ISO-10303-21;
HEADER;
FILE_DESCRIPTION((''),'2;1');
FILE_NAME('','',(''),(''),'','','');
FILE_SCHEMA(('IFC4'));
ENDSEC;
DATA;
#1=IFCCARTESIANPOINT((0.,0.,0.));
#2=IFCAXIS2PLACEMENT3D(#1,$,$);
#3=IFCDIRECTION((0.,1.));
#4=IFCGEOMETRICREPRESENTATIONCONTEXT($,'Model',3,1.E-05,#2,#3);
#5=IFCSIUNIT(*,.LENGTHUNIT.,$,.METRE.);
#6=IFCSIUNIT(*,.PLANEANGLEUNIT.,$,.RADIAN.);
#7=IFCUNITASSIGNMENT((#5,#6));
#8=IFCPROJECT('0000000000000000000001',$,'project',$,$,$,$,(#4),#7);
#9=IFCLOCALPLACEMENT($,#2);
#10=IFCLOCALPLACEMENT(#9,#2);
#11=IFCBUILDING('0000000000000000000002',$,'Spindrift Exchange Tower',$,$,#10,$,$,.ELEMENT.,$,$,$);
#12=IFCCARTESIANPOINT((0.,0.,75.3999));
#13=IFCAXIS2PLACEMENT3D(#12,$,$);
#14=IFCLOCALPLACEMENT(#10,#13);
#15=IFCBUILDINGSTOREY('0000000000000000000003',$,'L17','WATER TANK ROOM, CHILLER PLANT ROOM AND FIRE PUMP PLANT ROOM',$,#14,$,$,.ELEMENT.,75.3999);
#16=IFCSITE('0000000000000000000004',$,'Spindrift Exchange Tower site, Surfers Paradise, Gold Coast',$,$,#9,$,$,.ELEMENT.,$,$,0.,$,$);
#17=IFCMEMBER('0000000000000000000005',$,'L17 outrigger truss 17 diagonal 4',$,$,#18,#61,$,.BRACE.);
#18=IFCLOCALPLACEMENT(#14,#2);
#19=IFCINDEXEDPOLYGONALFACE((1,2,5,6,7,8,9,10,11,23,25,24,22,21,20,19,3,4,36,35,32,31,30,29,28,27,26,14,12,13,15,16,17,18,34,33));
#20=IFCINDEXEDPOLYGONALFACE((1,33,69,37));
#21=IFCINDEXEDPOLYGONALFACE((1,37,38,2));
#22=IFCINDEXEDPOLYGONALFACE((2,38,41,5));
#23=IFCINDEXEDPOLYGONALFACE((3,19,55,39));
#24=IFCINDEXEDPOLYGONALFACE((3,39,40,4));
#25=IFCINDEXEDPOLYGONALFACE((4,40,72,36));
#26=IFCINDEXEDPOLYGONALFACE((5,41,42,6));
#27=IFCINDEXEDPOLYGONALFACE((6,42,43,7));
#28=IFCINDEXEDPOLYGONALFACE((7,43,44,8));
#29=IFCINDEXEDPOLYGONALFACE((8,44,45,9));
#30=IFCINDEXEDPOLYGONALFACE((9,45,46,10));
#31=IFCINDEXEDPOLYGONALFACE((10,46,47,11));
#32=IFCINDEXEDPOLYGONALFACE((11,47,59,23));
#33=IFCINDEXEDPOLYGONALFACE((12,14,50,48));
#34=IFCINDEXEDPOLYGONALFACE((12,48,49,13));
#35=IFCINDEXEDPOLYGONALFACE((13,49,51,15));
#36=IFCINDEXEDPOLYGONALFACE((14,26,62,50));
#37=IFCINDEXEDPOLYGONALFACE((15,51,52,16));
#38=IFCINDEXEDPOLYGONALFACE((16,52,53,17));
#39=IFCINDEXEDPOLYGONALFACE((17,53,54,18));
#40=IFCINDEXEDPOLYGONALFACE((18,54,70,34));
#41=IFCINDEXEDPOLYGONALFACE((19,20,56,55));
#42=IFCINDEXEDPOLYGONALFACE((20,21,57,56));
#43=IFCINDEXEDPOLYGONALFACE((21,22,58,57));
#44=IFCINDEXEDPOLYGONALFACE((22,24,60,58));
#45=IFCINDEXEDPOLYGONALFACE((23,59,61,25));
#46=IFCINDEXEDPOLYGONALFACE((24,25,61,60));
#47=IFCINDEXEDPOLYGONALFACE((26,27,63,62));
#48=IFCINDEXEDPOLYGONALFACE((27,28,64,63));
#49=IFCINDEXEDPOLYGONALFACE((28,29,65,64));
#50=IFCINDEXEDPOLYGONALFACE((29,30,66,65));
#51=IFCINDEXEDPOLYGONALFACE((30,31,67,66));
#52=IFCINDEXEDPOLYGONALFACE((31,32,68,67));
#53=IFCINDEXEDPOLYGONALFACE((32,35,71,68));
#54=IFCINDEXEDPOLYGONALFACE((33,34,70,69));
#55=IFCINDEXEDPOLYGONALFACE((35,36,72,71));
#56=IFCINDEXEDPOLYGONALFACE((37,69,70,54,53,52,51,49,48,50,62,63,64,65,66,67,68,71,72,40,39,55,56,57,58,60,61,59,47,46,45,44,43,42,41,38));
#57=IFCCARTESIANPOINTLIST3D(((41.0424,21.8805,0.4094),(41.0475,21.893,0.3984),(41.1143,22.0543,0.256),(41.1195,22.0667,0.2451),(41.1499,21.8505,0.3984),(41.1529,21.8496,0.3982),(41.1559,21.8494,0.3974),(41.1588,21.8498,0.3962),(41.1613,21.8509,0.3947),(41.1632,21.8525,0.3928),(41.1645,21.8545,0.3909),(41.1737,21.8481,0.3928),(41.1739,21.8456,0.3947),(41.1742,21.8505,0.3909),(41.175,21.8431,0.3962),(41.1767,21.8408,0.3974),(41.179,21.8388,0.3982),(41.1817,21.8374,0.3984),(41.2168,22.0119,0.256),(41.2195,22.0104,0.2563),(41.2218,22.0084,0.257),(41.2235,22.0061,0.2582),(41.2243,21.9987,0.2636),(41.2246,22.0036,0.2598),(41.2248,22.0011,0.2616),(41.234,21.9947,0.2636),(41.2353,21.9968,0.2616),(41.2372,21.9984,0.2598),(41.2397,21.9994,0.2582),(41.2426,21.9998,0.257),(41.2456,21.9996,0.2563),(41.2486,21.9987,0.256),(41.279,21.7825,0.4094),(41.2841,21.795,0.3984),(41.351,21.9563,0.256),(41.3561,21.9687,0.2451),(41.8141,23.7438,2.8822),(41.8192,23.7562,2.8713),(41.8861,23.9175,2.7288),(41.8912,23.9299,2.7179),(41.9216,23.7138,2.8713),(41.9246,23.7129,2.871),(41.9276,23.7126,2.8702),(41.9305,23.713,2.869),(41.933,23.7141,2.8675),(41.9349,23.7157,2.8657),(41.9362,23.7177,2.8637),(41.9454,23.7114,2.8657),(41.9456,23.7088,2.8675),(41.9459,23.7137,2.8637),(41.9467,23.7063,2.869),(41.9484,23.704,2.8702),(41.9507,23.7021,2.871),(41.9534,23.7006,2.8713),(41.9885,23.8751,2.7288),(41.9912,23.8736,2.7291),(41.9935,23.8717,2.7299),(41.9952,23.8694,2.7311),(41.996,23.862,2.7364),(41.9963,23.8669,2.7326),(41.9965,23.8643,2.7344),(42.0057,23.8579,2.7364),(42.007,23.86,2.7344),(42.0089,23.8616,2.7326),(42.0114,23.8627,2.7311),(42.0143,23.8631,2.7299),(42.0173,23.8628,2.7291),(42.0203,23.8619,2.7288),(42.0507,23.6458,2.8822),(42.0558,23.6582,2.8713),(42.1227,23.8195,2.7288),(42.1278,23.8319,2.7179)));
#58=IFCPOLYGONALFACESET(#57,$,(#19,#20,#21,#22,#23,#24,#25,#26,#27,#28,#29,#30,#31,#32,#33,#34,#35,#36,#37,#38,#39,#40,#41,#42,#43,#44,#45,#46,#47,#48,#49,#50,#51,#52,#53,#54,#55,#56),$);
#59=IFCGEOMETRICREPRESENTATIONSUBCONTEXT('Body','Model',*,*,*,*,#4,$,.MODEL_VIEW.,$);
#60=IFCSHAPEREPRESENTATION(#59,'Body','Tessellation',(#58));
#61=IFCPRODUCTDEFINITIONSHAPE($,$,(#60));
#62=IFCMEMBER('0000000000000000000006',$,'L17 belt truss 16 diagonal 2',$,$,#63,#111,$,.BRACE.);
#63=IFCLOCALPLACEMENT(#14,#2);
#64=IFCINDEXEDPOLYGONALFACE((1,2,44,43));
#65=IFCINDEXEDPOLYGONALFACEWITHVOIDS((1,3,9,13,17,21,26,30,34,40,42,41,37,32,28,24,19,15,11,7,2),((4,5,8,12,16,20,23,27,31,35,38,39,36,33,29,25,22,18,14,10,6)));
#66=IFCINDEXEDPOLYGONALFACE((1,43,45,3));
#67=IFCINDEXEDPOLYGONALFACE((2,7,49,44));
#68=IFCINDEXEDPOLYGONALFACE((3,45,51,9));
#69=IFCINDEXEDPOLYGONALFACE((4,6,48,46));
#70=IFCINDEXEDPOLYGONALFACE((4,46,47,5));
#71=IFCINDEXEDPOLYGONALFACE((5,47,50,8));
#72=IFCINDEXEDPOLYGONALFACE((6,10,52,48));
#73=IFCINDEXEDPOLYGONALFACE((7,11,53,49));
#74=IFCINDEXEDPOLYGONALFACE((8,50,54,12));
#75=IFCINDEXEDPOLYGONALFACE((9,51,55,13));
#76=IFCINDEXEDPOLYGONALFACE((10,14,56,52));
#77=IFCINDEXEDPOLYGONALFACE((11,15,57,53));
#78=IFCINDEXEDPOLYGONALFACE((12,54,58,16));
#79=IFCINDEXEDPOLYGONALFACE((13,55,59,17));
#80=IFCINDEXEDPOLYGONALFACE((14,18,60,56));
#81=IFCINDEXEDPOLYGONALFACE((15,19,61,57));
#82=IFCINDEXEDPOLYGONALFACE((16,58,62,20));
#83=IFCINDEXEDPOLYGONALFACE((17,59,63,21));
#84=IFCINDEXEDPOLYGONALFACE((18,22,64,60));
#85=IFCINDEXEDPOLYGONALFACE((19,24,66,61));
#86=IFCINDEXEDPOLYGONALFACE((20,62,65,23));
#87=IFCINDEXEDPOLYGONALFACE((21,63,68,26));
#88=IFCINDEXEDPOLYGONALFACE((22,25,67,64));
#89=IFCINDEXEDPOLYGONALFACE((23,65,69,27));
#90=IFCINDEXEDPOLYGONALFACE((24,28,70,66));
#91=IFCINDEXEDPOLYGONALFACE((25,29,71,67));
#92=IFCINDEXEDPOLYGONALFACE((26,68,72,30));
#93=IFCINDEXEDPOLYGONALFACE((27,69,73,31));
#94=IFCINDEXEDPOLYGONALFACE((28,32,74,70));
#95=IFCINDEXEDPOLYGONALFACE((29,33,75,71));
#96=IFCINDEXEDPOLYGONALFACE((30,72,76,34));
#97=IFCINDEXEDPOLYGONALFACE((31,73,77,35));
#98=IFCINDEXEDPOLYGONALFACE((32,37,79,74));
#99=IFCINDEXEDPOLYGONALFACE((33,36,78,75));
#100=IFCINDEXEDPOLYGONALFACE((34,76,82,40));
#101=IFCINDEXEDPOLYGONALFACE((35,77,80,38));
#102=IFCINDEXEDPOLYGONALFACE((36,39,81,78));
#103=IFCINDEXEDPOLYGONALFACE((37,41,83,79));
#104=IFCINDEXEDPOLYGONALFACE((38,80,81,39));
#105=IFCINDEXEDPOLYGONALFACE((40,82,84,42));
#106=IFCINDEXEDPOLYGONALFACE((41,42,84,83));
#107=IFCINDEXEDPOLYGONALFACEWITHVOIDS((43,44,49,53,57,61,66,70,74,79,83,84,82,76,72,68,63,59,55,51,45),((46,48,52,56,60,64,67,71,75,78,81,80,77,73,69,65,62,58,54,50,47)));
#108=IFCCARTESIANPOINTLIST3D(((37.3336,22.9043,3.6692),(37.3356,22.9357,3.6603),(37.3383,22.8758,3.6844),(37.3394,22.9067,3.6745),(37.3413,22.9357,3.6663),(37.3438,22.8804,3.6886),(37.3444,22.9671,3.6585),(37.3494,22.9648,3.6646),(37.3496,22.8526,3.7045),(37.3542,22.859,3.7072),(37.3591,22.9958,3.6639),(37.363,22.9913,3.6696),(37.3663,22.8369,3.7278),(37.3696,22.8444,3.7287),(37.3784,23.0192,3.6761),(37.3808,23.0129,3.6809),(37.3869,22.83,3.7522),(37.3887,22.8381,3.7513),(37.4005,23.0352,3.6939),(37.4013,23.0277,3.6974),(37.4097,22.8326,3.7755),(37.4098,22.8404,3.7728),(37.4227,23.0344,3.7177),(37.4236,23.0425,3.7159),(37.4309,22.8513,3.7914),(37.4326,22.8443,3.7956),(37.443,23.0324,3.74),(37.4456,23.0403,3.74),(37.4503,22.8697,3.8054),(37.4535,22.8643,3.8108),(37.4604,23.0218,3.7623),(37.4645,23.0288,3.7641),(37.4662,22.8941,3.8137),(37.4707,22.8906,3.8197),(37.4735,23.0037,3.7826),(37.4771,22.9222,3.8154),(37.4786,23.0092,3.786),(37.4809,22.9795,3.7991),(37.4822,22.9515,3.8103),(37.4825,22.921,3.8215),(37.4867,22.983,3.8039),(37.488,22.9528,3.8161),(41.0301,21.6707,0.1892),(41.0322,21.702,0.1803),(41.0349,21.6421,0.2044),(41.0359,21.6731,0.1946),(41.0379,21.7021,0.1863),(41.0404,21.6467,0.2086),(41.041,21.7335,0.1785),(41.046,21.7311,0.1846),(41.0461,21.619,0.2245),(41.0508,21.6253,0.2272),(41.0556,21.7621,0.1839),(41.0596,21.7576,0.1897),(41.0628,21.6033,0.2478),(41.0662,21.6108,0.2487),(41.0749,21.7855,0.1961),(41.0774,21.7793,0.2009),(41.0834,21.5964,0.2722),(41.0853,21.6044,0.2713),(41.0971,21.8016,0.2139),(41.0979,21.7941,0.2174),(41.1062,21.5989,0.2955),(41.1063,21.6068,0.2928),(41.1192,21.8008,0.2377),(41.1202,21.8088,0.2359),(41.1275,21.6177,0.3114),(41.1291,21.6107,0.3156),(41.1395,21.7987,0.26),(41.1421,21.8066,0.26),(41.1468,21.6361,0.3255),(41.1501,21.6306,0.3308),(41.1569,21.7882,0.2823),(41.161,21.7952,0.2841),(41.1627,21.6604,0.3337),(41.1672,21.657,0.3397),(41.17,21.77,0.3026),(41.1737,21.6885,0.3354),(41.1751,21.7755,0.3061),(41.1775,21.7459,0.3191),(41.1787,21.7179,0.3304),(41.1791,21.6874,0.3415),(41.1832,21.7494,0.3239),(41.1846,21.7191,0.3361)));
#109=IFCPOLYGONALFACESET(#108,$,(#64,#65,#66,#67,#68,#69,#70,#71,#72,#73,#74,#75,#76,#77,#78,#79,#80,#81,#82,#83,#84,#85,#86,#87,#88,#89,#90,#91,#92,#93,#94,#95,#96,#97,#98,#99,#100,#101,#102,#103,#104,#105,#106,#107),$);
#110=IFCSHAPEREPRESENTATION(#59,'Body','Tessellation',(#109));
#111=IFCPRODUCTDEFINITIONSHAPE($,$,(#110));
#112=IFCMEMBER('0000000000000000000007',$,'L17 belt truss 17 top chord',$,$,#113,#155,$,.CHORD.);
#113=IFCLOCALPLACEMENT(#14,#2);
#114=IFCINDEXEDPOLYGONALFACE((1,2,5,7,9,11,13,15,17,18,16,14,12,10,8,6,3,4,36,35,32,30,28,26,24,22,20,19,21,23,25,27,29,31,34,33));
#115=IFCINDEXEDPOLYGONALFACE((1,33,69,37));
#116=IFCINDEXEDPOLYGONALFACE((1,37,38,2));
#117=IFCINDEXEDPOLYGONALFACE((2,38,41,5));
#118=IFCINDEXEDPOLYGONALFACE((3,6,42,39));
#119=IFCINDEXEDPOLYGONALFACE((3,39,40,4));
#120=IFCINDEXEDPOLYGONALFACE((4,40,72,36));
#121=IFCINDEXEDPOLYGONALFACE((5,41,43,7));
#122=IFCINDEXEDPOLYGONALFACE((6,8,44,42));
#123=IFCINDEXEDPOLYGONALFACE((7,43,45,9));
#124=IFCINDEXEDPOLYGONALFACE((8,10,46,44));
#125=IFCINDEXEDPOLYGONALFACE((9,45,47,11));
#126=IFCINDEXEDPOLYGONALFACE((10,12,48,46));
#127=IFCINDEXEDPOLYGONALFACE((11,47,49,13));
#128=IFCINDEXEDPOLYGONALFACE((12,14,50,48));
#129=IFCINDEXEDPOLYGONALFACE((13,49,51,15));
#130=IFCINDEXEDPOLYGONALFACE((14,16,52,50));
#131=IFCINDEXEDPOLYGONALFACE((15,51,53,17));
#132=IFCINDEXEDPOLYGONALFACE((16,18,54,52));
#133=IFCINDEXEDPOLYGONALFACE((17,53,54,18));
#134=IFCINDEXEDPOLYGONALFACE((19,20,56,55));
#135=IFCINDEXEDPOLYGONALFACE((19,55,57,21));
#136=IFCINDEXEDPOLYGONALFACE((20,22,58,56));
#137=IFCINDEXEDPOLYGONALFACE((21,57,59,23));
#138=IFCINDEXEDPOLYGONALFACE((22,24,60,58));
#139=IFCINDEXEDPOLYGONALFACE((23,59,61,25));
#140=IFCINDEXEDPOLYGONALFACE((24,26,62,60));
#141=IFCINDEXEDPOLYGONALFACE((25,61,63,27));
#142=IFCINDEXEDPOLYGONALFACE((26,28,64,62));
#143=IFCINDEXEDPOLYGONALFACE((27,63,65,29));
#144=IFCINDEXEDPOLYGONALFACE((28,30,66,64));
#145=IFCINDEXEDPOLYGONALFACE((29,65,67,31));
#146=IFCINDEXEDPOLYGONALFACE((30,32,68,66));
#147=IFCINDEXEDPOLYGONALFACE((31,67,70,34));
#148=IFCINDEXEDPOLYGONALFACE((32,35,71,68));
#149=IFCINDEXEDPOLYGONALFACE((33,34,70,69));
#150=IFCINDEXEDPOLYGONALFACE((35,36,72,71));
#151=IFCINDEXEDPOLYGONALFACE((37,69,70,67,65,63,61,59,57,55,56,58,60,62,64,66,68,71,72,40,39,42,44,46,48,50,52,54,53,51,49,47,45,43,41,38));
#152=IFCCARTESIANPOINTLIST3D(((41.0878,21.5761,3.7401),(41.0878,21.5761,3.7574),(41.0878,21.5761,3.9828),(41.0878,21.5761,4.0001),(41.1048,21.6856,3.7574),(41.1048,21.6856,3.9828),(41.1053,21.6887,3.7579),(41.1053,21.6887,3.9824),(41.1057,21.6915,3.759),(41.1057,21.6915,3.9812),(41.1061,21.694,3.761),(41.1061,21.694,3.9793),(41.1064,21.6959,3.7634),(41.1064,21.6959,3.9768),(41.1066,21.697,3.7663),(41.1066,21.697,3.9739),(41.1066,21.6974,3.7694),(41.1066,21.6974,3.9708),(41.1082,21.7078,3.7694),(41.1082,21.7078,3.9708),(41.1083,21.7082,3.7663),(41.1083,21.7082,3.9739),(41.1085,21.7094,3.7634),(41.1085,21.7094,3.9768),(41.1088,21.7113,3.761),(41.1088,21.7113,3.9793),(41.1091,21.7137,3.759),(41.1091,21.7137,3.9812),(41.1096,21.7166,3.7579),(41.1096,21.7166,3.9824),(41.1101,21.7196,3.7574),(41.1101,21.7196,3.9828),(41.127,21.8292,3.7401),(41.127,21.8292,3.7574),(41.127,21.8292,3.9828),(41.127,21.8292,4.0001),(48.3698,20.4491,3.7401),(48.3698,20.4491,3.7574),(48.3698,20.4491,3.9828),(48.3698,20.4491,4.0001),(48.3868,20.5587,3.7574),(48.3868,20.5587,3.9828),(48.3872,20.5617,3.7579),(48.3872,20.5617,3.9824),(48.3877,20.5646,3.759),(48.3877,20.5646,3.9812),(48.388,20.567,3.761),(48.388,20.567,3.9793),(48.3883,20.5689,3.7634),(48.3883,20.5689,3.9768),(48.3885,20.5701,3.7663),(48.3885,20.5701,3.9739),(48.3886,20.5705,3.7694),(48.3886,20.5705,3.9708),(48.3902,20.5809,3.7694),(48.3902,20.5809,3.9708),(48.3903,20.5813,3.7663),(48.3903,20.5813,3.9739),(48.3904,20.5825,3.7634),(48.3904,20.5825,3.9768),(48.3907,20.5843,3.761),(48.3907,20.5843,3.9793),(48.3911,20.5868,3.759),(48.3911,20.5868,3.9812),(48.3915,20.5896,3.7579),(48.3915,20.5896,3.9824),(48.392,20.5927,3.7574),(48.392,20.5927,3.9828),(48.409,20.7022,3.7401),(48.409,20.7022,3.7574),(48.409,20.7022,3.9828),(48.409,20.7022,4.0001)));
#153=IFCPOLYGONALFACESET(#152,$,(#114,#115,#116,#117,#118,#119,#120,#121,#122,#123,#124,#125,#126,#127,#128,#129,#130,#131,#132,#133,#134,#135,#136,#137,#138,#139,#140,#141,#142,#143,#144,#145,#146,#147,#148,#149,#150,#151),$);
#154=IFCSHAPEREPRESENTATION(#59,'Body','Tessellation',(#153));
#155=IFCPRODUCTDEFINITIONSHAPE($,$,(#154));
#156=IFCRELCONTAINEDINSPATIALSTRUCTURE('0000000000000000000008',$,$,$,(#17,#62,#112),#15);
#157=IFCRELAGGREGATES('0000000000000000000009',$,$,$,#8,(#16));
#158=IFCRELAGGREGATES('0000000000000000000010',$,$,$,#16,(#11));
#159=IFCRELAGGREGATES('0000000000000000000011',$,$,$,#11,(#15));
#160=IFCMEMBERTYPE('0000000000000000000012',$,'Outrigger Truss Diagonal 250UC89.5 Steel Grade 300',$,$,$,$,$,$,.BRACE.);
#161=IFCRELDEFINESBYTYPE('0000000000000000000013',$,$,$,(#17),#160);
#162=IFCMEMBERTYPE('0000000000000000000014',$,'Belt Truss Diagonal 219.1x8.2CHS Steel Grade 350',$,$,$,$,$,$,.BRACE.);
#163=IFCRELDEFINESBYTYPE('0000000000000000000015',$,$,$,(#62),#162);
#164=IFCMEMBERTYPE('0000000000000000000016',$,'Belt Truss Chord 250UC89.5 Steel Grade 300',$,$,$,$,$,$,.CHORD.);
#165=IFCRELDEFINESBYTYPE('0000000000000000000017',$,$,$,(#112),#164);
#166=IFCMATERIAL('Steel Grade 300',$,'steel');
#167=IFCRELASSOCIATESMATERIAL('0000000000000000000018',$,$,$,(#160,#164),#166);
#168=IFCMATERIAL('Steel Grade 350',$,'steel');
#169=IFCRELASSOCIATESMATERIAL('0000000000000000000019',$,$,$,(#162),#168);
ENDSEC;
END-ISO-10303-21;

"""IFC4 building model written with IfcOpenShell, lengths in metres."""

from ifc_helpers import new_model, si_unit, direction, frame, origin, origin_2d, place, context, subcontext, project, spatial, hollow_circle, i_section, extrude, source, transform, mapped, material, material_profile, profile_set, type_object, element, save


model = new_model("IFC4")

# Units and contexts
model_context = context("Model", 3, precision=1e-05, world=origin(), true_north=direction((0.0, 1.0)))
body_context = subcontext(model_context, "Body", "Model", "MODEL_VIEW")
ifc_project = project(units=[si_unit("LENGTHUNIT", "METRE"), si_unit("PLANEANGLEUNIT", "RADIAN")], contexts=[model_context])

# Site, building, storey
site_placement = place(None, origin())
site = spatial("IfcSite", under=ifc_project, at=site_placement, Name="Spindrift Exchange Tower site, Surfers Paradise, Gold Coast", CompositionType="ELEMENT", RefElevation=0.0)
building_placement = place(site_placement, origin())
building = spatial("IfcBuilding", under=site, at=building_placement, Name="Spindrift Exchange Tower", CompositionType="ELEMENT")
storey_placement = place(building_placement, frame((0.0, 0.0, 75.3999)))
storey = spatial("IfcBuildingStorey", under=building, at=storey_placement, Name="L17", Description="WATER TANK ROOM, CHILLER PLANT ROOM AND FIRE PUMP PLANT ROOM", CompositionType="ELEMENT", Elevation=75.3999)

# Shared definitions
ifc_material_1 = material(Name="Steel Grade 300", Category="steel")
ifc_material_profile_1 = material_profile(ifc_material_1, i_section(OverallWidth=0.2561, OverallDepth=0.26, WebThickness=0.0105, FlangeThickness=0.0173, FilletRadius=0.012, at=origin_2d()), Name="250UC89.5")
ifc_profile_set_1 = profile_set([ifc_material_profile_1], Name="Steel Grade 300")
member_type_1 = type_object("IfcMemberType", Name="Outrigger Truss Diagonal 250UC89.5 Steel Grade 300", PredefinedType="BRACE", material=ifc_profile_set_1)

# Members
shared_shape_1 = source(origin(), body_context, "Body", "SweptSolid", [
    extrude(i_section(OverallWidth=0.2561, OverallDepth=0.26, WebThickness=0.0105, FlangeThickness=0.0173, FilletRadius=0.012, at=origin_2d()), origin(), (0.0, 0.0, 1.0), 3.1909),
])
member_1_placement = place(storey_placement, frame((41.9709, 23.7878, 2.8), z_axis=(-0.241844, -0.583914, -0.774956), x_axis=(0.923891, -0.382655, 0.0)))
element("IfcMember", 1, at=member_1_placement, inside=storey, type_object=member_type_1, Name="L17 outrigger truss 17 diagonal 4", PredefinedType="BRACE", context=body_context, shape_type="MappedRepresentation", body=[
    mapped(shared_shape_1, transform((0.0, 0.0, 0.0), scale=1.0)),
])
ifc_material_2 = material(Name="Steel Grade 350", Category="steel")
ifc_material_profile_2 = material_profile(ifc_material_2, hollow_circle(Radius=0.1096, WallThickness=0.0083, at=origin_2d()), Name="219.1x8.2CHS")
ifc_profile_set_2 = profile_set([ifc_material_profile_2], Name="Steel Grade 350")
member_type_2 = type_object("IfcMemberType", Name="Belt Truss Diagonal 219.1x8.2CHS Steel Grade 350", PredefinedType="BRACE", material=ifc_profile_set_2)
shared_shape_2 = source(origin(), body_context, "Body", "SweptSolid", [
    extrude(hollow_circle(Radius=0.1096, WallThickness=0.0083, at=origin_2d()), origin(), (0.0, 0.0, 1.0), 5.2246),
])
member_2_placement = place(storey_placement, frame((37.4109, 22.9363, 3.74), z_axis=(0.707524, -0.236122, -0.666075), x_axis=(0.316566, 0.94857, 0.0)))
element("IfcMember", 2, at=member_2_placement, inside=storey, type_object=member_type_2, Name="L17 belt truss 16 diagonal 2", PredefinedType="BRACE", context=body_context, shape_type="MappedRepresentation", body=[
    mapped(shared_shape_2, transform((0.0, 0.0, 0.0), scale=1.0)),
])
ifc_material_profile_3 = material_profile(ifc_material_1, i_section(OverallWidth=0.2561, OverallDepth=0.26, WebThickness=0.0105, FlangeThickness=0.0173, FilletRadius=0.012, at=origin_2d()), Name="250UC89.5")
ifc_profile_set_3 = profile_set([ifc_material_profile_3], Name="Steel Grade 300")
member_type_3 = type_object("IfcMemberType", Name="Belt Truss Chord 250UC89.5 Steel Grade 300", PredefinedType="CHORD", material=ifc_profile_set_3)
shared_shape_3 = source(origin(), body_context, "Body", "SweptSolid", [
    extrude(i_section(OverallWidth=0.2561, OverallDepth=0.26, WebThickness=0.0105, FlangeThickness=0.0173, FilletRadius=0.012, at=origin_2d()), origin(), (0.0, 0.0, 1.0), 7.3687),
])
for number, where, z_axis, x_axis, name in (
    (3, (41.1074, 21.7026, 3.8701), (0.988236, -0.152938, 0.0), (0.152938, 0.988236, 0.0), "L17 belt truss 17 top chord"),
):
    element("IfcMember", number, at=place(storey_placement, frame(where, z_axis=z_axis, x_axis=x_axis)), inside=storey, type_object=member_type_3, Name=name, PredefinedType="CHORD", context=body_context, shape_type="MappedRepresentation", body=[
        mapped(shared_shape_3, transform((0.0, 0.0, 0.0), scale=1.0)),
    ])

save(model, "model.ifc")
